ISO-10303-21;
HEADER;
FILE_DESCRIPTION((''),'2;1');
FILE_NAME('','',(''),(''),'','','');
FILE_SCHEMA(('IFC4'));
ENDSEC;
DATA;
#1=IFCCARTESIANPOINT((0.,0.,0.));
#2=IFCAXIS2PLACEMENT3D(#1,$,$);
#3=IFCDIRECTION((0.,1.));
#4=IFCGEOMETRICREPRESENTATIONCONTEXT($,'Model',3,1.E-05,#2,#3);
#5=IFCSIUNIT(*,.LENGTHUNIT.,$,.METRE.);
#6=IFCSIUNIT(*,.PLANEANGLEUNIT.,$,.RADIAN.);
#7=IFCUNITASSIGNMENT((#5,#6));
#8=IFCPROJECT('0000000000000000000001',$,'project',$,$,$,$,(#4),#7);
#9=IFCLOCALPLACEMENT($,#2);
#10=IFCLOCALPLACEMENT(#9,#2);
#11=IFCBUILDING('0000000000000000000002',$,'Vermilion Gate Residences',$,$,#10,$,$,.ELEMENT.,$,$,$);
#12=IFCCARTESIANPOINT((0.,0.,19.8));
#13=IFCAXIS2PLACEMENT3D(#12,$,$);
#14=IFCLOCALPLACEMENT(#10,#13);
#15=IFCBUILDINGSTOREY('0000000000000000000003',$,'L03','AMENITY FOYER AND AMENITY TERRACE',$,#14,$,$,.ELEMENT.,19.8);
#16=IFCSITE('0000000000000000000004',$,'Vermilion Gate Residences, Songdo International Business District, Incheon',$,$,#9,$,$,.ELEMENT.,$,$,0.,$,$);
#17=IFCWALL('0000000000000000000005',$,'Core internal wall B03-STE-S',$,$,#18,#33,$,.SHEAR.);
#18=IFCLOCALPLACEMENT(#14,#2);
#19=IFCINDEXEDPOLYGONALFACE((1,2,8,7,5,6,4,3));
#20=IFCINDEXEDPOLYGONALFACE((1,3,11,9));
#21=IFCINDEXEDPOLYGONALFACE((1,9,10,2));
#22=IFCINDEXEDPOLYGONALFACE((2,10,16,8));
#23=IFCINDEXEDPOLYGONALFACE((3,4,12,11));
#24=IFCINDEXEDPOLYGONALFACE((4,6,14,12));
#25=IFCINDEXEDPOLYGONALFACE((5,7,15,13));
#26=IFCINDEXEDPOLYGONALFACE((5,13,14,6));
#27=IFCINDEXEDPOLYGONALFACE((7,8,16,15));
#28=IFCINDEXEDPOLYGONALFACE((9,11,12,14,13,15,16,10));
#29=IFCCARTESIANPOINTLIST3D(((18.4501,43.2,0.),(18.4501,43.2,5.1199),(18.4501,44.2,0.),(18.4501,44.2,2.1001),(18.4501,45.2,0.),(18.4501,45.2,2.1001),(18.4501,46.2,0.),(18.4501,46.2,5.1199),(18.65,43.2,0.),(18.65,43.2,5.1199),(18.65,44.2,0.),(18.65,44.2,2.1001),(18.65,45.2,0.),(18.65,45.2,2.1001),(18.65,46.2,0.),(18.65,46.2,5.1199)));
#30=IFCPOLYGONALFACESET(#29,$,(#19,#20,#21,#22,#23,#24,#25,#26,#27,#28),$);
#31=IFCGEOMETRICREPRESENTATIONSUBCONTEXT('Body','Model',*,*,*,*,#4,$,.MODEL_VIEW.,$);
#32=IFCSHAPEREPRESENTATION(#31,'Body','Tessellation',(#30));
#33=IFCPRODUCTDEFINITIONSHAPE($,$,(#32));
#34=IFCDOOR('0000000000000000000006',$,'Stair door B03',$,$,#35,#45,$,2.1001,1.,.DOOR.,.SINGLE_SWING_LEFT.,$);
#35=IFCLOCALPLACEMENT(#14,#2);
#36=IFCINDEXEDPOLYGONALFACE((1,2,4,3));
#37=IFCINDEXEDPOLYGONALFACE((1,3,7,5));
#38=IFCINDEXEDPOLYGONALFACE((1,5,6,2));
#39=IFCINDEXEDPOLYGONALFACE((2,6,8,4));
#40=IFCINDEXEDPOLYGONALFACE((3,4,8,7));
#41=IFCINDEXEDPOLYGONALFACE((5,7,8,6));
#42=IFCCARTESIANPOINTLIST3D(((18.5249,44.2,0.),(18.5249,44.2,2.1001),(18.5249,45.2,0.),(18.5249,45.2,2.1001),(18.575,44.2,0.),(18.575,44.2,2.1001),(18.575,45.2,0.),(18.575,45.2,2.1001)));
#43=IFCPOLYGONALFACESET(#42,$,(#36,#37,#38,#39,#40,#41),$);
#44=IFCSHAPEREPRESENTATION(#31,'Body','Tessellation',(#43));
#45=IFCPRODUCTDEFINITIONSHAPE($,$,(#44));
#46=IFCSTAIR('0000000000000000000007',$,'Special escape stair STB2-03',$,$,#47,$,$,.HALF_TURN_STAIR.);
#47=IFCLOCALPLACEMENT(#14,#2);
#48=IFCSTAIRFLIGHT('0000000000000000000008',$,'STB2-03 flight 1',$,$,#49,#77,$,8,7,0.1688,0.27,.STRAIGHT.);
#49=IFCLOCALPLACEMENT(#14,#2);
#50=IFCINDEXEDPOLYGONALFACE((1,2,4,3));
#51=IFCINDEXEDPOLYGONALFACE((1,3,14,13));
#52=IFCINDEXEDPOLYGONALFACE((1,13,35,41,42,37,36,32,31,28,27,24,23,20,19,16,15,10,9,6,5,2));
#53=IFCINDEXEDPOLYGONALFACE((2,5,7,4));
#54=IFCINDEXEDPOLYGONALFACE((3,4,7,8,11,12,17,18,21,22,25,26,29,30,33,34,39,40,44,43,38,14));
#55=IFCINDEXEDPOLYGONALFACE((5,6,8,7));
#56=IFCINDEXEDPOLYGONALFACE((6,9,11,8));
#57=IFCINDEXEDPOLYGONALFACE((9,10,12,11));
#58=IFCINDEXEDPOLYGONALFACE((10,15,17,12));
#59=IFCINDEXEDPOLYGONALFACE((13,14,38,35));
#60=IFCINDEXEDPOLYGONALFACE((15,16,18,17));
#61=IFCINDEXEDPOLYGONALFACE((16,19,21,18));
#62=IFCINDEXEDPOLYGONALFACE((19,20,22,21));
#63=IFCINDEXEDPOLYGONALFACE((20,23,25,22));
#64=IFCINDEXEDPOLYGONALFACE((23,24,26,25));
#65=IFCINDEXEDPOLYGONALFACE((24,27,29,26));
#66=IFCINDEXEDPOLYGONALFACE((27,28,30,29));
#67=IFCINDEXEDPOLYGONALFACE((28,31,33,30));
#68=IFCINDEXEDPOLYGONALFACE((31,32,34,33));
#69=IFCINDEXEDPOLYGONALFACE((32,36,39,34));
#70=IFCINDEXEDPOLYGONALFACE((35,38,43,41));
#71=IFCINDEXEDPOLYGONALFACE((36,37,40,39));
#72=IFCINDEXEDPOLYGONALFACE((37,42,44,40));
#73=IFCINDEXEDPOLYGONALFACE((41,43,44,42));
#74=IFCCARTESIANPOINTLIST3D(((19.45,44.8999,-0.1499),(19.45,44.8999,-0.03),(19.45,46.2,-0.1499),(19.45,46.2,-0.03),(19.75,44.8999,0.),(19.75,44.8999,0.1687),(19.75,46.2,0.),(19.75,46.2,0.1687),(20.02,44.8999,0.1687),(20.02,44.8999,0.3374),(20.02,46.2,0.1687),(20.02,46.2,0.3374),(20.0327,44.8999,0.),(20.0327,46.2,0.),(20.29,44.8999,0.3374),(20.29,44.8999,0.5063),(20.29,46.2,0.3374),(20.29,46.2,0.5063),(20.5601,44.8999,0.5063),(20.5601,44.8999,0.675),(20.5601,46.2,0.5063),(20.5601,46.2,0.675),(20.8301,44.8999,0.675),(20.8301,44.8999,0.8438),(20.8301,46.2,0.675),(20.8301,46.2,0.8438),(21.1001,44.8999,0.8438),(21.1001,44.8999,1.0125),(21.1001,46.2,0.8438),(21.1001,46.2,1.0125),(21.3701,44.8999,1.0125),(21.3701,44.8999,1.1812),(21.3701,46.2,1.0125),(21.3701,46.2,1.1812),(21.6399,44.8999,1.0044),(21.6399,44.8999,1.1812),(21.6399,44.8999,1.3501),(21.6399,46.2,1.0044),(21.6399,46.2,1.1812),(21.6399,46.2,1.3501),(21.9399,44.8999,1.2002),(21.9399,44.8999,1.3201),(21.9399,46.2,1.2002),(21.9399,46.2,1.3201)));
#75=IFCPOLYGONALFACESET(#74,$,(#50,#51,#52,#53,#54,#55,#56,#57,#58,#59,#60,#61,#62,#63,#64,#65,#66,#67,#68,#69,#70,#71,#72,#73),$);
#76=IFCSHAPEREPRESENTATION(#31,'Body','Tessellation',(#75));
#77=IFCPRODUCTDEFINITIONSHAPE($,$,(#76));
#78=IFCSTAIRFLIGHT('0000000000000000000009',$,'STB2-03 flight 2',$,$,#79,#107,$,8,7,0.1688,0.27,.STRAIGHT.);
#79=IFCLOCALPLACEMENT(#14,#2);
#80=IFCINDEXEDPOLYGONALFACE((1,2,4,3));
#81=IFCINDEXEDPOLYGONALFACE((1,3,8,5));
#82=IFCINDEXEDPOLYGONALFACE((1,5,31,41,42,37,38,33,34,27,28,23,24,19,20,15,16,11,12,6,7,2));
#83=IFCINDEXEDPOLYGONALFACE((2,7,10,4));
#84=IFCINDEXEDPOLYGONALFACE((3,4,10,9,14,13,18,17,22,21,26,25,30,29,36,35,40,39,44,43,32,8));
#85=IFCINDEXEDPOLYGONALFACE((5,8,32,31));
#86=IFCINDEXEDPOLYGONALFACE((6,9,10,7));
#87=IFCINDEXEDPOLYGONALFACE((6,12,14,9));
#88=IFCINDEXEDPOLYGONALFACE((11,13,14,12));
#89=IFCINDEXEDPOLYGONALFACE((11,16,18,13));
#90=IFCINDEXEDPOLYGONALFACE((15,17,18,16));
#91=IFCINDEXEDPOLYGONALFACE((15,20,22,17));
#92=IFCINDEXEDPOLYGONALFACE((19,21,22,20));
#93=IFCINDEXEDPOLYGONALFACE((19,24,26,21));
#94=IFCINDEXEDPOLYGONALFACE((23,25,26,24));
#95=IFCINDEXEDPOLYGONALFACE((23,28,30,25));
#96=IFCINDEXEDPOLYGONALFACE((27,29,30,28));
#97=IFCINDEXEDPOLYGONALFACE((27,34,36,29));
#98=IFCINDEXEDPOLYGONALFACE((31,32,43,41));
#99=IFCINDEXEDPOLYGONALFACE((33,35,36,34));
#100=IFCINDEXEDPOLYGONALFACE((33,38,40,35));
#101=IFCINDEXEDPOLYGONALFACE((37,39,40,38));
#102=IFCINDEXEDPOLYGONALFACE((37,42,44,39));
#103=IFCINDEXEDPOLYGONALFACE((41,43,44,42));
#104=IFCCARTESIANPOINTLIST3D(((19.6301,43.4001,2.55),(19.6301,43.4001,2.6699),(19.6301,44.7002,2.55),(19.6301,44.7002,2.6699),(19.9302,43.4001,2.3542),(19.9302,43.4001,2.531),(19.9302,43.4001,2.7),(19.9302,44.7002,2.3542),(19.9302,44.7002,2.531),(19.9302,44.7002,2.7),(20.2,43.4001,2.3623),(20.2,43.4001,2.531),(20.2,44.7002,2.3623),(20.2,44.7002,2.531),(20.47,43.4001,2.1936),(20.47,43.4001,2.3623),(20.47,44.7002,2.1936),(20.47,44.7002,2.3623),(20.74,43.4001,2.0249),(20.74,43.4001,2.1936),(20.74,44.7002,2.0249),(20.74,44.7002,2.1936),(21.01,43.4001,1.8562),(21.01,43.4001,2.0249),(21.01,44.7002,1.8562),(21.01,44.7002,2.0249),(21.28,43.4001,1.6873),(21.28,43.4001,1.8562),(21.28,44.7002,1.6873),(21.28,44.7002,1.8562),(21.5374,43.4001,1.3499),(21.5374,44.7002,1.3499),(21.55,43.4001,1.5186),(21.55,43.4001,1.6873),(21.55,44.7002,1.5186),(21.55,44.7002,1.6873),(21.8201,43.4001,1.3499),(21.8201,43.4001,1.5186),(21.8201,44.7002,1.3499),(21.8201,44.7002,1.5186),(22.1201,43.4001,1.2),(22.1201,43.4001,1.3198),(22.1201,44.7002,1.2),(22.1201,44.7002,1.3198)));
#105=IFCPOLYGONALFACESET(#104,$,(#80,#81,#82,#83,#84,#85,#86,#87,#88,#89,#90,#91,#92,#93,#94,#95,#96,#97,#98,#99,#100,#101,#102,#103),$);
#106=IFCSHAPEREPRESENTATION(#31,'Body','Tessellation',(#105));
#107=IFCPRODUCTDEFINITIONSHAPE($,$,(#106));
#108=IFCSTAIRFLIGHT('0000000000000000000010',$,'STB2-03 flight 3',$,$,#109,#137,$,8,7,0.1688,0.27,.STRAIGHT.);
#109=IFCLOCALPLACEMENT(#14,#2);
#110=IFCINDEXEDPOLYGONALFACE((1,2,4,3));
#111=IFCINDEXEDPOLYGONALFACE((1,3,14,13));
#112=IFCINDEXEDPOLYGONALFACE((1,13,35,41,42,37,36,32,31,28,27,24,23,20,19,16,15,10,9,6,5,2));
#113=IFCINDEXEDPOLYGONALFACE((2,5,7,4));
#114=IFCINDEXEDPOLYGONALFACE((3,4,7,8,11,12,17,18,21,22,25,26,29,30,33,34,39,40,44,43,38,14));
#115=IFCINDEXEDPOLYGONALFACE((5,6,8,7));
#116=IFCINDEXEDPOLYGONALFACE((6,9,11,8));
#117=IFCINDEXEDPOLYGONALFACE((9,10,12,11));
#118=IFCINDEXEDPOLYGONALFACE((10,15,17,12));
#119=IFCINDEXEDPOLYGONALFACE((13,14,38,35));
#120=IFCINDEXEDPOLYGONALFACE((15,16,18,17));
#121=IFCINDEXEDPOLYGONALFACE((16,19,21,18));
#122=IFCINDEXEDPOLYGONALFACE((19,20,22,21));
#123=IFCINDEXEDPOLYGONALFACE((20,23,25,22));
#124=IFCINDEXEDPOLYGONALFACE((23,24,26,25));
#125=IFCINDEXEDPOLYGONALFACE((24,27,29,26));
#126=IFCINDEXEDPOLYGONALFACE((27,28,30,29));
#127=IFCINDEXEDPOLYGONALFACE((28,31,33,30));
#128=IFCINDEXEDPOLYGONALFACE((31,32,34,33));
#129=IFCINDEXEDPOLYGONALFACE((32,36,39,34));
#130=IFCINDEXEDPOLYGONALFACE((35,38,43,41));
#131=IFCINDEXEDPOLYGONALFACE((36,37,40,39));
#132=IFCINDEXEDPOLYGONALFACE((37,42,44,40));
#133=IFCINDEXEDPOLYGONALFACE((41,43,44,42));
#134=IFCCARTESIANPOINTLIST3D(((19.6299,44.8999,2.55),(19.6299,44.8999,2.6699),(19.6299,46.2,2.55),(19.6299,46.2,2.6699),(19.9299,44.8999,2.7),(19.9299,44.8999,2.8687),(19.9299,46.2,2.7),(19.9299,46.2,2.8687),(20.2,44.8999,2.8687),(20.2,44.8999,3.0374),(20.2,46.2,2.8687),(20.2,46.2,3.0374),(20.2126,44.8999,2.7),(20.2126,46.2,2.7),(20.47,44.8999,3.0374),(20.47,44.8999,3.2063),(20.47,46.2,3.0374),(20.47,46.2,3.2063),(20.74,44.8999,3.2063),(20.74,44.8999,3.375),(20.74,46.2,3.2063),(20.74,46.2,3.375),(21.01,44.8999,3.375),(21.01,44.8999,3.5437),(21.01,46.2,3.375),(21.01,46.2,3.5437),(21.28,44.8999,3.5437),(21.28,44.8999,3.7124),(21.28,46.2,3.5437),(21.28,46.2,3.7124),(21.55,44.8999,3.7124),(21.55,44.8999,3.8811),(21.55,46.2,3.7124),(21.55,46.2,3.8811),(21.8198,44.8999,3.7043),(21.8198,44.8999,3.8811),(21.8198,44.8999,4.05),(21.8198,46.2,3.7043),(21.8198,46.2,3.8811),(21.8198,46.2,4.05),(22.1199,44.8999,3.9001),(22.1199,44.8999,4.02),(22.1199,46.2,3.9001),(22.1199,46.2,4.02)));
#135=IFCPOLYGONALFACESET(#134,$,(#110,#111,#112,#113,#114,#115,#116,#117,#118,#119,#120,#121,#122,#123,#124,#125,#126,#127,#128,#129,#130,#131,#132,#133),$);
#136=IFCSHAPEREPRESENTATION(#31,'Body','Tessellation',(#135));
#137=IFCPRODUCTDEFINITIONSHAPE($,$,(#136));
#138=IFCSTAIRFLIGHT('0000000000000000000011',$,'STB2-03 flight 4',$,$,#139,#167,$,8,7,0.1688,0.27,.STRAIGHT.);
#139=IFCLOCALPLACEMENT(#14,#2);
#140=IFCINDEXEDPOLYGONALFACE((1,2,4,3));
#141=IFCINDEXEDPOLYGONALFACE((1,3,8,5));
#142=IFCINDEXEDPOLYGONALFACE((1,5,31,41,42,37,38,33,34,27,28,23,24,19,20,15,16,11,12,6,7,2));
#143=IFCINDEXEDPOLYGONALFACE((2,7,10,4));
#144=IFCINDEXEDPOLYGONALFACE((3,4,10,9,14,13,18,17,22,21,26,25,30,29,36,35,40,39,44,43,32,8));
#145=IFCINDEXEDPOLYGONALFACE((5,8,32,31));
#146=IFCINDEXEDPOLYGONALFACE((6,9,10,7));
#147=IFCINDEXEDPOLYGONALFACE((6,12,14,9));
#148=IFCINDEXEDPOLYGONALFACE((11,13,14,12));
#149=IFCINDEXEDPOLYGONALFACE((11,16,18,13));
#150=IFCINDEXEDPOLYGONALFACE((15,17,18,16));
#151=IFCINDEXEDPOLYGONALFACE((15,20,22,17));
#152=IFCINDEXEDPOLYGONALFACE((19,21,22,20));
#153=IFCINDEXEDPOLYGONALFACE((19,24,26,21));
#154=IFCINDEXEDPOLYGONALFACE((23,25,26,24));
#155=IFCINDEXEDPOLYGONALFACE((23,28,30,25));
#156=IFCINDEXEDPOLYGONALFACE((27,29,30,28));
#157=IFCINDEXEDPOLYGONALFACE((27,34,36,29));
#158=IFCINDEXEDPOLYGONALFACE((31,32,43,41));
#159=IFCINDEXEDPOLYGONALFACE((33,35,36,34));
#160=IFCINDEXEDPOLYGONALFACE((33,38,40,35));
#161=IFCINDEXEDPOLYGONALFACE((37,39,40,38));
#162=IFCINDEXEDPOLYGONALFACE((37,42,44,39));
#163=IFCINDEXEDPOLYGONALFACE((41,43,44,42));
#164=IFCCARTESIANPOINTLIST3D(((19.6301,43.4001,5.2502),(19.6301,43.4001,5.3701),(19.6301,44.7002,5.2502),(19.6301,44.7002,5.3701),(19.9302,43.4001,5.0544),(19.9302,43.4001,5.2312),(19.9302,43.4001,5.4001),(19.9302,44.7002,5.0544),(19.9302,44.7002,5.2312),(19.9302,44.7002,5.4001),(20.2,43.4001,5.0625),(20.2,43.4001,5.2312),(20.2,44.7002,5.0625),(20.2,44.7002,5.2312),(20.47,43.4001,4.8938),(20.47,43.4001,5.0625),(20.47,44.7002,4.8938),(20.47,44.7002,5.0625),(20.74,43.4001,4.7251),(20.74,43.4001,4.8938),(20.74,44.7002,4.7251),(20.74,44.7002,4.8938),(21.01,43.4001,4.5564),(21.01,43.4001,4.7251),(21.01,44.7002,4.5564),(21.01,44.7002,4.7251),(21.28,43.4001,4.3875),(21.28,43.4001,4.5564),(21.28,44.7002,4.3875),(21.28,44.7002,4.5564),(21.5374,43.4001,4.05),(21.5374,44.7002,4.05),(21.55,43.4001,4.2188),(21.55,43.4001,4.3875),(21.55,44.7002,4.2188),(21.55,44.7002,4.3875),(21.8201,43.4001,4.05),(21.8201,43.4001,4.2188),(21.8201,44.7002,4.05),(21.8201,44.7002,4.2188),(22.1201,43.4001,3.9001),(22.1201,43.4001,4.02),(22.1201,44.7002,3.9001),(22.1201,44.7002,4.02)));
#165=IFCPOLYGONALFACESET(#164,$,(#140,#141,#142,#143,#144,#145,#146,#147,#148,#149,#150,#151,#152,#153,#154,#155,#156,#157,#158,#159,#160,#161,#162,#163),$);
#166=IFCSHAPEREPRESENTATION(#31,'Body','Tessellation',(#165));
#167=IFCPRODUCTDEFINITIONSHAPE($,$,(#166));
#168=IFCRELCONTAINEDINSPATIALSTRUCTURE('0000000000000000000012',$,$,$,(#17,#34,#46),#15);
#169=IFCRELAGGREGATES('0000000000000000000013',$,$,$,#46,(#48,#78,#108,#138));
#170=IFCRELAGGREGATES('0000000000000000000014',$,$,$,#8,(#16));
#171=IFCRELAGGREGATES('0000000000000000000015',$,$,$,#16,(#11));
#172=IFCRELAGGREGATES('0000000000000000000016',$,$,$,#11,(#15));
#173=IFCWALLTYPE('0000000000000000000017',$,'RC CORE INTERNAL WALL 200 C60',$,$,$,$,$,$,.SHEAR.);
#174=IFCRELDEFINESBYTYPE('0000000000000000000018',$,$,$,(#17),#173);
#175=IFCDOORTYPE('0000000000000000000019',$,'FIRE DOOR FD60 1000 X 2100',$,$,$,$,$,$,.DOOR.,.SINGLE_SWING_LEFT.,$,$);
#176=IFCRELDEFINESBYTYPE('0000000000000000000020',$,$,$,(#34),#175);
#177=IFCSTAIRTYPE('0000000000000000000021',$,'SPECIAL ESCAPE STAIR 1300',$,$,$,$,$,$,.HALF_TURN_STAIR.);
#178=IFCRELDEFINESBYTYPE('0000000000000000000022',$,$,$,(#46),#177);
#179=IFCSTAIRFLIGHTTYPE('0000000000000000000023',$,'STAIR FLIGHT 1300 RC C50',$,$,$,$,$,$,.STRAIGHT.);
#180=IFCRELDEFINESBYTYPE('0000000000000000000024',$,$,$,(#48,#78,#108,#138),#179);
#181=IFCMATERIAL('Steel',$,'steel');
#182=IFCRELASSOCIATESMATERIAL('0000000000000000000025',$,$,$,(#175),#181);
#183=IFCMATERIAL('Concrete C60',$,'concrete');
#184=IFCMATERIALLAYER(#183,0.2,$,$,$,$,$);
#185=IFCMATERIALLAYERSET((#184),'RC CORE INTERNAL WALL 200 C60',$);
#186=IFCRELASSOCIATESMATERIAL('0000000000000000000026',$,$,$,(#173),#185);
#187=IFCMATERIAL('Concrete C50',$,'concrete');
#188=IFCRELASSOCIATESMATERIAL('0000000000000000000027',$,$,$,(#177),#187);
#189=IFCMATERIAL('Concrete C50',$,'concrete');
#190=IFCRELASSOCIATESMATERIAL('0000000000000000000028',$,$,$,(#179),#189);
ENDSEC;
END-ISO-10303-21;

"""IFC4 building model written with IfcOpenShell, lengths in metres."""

from ifc_helpers import new_model, si_unit, direction, frame, frame_2d, origin, place, context, subcontext, project, spatial, polyline, rectangle, outline, extrude, material, layer, layer_set, type_object, element, fill, aggregate, save


model = new_model("IFC4")

# Units and contexts
model_context = context("Model", 3, precision=1e-05, world=origin(), true_north=direction((0.0, 1.0)))
body_context = subcontext(model_context, "Body", "Model", "MODEL_VIEW")
ifc_project = project(units=[si_unit("LENGTHUNIT", "METRE"), si_unit("PLANEANGLEUNIT", "RADIAN")], contexts=[model_context])

# Site, building, storey
site_placement = place(None, origin())
site = spatial("IfcSite", under=ifc_project, at=site_placement, Name="Vermilion Gate Residences, Songdo International Business District, Incheon", CompositionType="ELEMENT", RefElevation=0.0)
building_placement = place(site_placement, origin())
building = spatial("IfcBuilding", under=site, at=building_placement, Name="Vermilion Gate Residences", CompositionType="ELEMENT")
storey_placement = place(building_placement, frame((0.0, 0.0, 19.8)))
storey = spatial("IfcBuildingStorey", under=building, at=storey_placement, Name="L03", Description="AMENITY FOYER AND AMENITY TERRACE", CompositionType="ELEMENT", Elevation=19.8)

# Shared definitions
ifc_material_1 = material(Name="Steel", Category="steel")
door_type = type_object("IfcDoorType", Name="FIRE DOOR FD60 1000 X 2100", OperationType="SINGLE_SWING_LEFT", PredefinedType="DOOR", material=ifc_material_1)

# Shared definitions
ifc_material_2 = material(Name="Concrete C60", Category="concrete")
ifc_layer_1 = layer(ifc_material_2, 0.2)
ifc_layer_set_1 = layer_set([ifc_layer_1], Name="RC CORE INTERNAL WALL 200 C60")
wall_type_1 = type_object("IfcWallType", Name="RC CORE INTERNAL WALL 200 C60", PredefinedType="SHEAR", material=ifc_layer_set_1)

# Wall, opening, door
wall_1_placement = place(storey_placement, frame((18.55, 46.2, 0.0), z_axis=(0.0, 0.0, 1.0), x_axis=(0.0, -1.0, 0.0)))
wall_1 = element("IfcWall", 1, at=wall_1_placement, inside=storey, type_object=wall_type_1, Name="Core internal wall B03-STE-S", PredefinedType="SHEAR", context=body_context, shape_type="SweptSolid", body=[
    extrude(rectangle(XDim=3.0, YDim=0.2, at=frame_2d((1.5, 0.0))), origin(), (0.0, 0.0, 1.0), 5.1199),
])
opening_1_placement = place(wall_1_placement, frame((1.0, 0.0, 0.0)))
opening_1 = element("IfcOpeningElement", 2, at=opening_1_placement, cuts=wall_1, PredefinedType="OPENING", context=body_context, shape_type="SweptSolid", body=[
    extrude(rectangle(XDim=1.0, YDim=2.1001, at=frame_2d((0.5, 1.05))), frame((0.0, 0.1099, 0.0), z_axis=(0.0, -1.0, 0.0), x_axis=(1.0, 0.0, 0.0)), (0.0, 0.0, 1.0), 0.22),
])
door_1_placement = place(opening_1_placement, origin())
door_1 = element("IfcDoor", 3, at=door_1_placement, inside=storey, type_object=door_type, Name="Stair door B03", OperationType="SINGLE_SWING_LEFT", OverallHeight=2.1001, OverallWidth=1.0, PredefinedType="DOOR", context=body_context, shape_type="SweptSolid", body=[
    extrude(rectangle(XDim=1.0, YDim=2.1001, at=frame_2d((0.5, 1.05))), frame((0.0, 0.0249, 0.0), z_axis=(0.0, -1.0, 0.0), x_axis=(1.0, 0.0, 0.0)), (0.0, 0.0, 1.0), 0.05),
])
fill(opening_1, door_1)

# Stair, stair flights
ifc_material_3 = material(Name="Concrete C50", Category="concrete")
stair_type = type_object("IfcStairType", Name="SPECIAL ESCAPE STAIR 1300", PredefinedType="HALF_TURN_STAIR", material=ifc_material_3)
stair_placement = place(storey_placement, origin())
stair = element("IfcStair", 4, at=stair_placement, inside=storey, type_object=stair_type, Name="Special escape stair STB2-03", PredefinedType="HALF_TURN_STAIR")
ifc_material_4 = material(Name="Concrete C50", Category="concrete")
stair_flight_type = type_object("IfcStairFlightType", Name="STAIR FLIGHT 1300 RC C50", PredefinedType="STRAIGHT", material=ifc_material_4)
stair_flight_1_placement = place(storey_placement, frame((19.75, 45.55, 0.0), z_axis=(0.0, 0.0, 1.0), x_axis=(1.0, 0.0, 0.0)))
stair_flight_1 = element("IfcStairFlight", 5, at=stair_flight_1_placement, type_object=stair_flight_type, Name="STB2-03 flight 1", NumberOfRisers=8, NumberOfTreads=7, PredefinedType="STRAIGHT", RiserHeight=0.1688, TreadLength=0.27, context=body_context, shape_type="SweptSolid", body=[
    extrude(outline(polyline([(-0.3, -0.1499), (-0.3, -0.03), (0.0, 0.0), (0.0, 0.1687), (0.27, 0.1687), (0.27, 0.3374), (0.54, 0.3374), (0.54, 0.5063), (0.8101, 0.5063), (0.8101, 0.675), (1.0801, 0.675), (1.0801, 0.8438), (1.3501, 0.8438), (1.3501, 1.0125), (1.6201, 1.0125), (1.6201, 1.1812), (1.8899, 1.1812), (1.8899, 1.3501), (2.1899, 1.3201), (2.1899, 1.2002), (1.8899, 1.0044), (0.2827, 0.0), (-0.3, -0.1499)])), frame((0.0, 0.6499, 0.0), z_axis=(0.0, -1.0, 0.0), x_axis=(1.0, 0.0, 0.0)), (0.0, 0.0, 1.0), 1.3),
])
stair_flight_2_placement = place(storey_placement, frame((21.8201, 44.05, 1.3499), z_axis=(0.0, 0.0, 1.0), x_axis=(-1.0, 0.0, 0.0)))
stair_flight_2 = element("IfcStairFlight", 6, at=stair_flight_2_placement, type_object=stair_flight_type, Name="STB2-03 flight 2", NumberOfRisers=8, NumberOfTreads=7, PredefinedType="STRAIGHT", RiserHeight=0.1688, TreadLength=0.27, context=body_context, shape_type="SweptSolid", body=[
    extrude(outline(polyline([(-0.3, -0.1499), (-0.3, -0.03), (0.0, 0.0), (0.0, 0.1687), (0.27, 0.1687), (0.27, 0.3374), (0.54, 0.3374), (0.54, 0.5063), (0.8101, 0.5063), (0.8101, 0.675), (1.0801, 0.675), (1.0801, 0.8438), (1.3501, 0.8438), (1.3501, 1.0125), (1.6201, 1.0125), (1.6201, 1.1812), (1.8899, 1.1812), (1.8899, 1.3501), (2.1899, 1.3201), (2.1899, 1.2002), (1.8899, 1.0044), (0.2827, 0.0), (-0.3, -0.1499)])), frame((0.0, 0.6499, 0.0), z_axis=(0.0, -1.0, 0.0), x_axis=(1.0, 0.0, 0.0)), (0.0, 0.0, 1.0), 1.3),
])
stair_flight_3_placement = place(storey_placement, frame((19.9299, 45.55, 2.7), z_axis=(0.0, 0.0, 1.0), x_axis=(1.0, 0.0, 0.0)))
stair_flight_3 = element("IfcStairFlight", 7, at=stair_flight_3_placement, type_object=stair_flight_type, Name="STB2-03 flight 3", NumberOfRisers=8, NumberOfTreads=7, PredefinedType="STRAIGHT", RiserHeight=0.1688, TreadLength=0.27, context=body_context, shape_type="SweptSolid", body=[
    extrude(outline(polyline([(-0.3, -0.1499), (-0.3, -0.03), (0.0, 0.0), (0.0, 0.1687), (0.27, 0.1687), (0.27, 0.3374), (0.54, 0.3374), (0.54, 0.5063), (0.8101, 0.5063), (0.8101, 0.675), (1.0801, 0.675), (1.0801, 0.8438), (1.3501, 0.8438), (1.3501, 1.0125), (1.6201, 1.0125), (1.6201, 1.1812), (1.8899, 1.1812), (1.8899, 1.3501), (2.1899, 1.3201), (2.1899, 1.2002), (1.8899, 1.0044), (0.2827, 0.0), (-0.3, -0.1499)])), frame((0.0, 0.6499, 0.0), z_axis=(0.0, -1.0, 0.0), x_axis=(1.0, 0.0, 0.0)), (0.0, 0.0, 1.0), 1.3),
])
stair_flight_4_placement = place(storey_placement, frame((21.8201, 44.05, 4.05), z_axis=(0.0, 0.0, 1.0), x_axis=(-1.0, 0.0, 0.0)))
stair_flight_4 = element("IfcStairFlight", 8, at=stair_flight_4_placement, type_object=stair_flight_type, Name="STB2-03 flight 4", NumberOfRisers=8, NumberOfTreads=7, PredefinedType="STRAIGHT", RiserHeight=0.1688, TreadLength=0.27, context=body_context, shape_type="SweptSolid", body=[
    extrude(outline(polyline([(-0.3, -0.1499), (-0.3, -0.03), (0.0, 0.0), (0.0, 0.1687), (0.27, 0.1687), (0.27, 0.3374), (0.54, 0.3374), (0.54, 0.5063), (0.8101, 0.5063), (0.8101, 0.675), (1.0801, 0.675), (1.0801, 0.8438), (1.3501, 0.8438), (1.3501, 1.0125), (1.6201, 1.0125), (1.6201, 1.1812), (1.8899, 1.1812), (1.8899, 1.3501), (2.1899, 1.3201), (2.1899, 1.2002), (1.8899, 1.0044), (0.2827, 0.0), (-0.3, -0.1499)])), frame((0.0, 0.6499, 0.0), z_axis=(0.0, -1.0, 0.0), x_axis=(1.0, 0.0, 0.0)), (0.0, 0.0, 1.0), 1.3),
])
aggregate(stair, [stair_flight_1, stair_flight_2, stair_flight_3, stair_flight_4])

save(model, "model.ifc")
